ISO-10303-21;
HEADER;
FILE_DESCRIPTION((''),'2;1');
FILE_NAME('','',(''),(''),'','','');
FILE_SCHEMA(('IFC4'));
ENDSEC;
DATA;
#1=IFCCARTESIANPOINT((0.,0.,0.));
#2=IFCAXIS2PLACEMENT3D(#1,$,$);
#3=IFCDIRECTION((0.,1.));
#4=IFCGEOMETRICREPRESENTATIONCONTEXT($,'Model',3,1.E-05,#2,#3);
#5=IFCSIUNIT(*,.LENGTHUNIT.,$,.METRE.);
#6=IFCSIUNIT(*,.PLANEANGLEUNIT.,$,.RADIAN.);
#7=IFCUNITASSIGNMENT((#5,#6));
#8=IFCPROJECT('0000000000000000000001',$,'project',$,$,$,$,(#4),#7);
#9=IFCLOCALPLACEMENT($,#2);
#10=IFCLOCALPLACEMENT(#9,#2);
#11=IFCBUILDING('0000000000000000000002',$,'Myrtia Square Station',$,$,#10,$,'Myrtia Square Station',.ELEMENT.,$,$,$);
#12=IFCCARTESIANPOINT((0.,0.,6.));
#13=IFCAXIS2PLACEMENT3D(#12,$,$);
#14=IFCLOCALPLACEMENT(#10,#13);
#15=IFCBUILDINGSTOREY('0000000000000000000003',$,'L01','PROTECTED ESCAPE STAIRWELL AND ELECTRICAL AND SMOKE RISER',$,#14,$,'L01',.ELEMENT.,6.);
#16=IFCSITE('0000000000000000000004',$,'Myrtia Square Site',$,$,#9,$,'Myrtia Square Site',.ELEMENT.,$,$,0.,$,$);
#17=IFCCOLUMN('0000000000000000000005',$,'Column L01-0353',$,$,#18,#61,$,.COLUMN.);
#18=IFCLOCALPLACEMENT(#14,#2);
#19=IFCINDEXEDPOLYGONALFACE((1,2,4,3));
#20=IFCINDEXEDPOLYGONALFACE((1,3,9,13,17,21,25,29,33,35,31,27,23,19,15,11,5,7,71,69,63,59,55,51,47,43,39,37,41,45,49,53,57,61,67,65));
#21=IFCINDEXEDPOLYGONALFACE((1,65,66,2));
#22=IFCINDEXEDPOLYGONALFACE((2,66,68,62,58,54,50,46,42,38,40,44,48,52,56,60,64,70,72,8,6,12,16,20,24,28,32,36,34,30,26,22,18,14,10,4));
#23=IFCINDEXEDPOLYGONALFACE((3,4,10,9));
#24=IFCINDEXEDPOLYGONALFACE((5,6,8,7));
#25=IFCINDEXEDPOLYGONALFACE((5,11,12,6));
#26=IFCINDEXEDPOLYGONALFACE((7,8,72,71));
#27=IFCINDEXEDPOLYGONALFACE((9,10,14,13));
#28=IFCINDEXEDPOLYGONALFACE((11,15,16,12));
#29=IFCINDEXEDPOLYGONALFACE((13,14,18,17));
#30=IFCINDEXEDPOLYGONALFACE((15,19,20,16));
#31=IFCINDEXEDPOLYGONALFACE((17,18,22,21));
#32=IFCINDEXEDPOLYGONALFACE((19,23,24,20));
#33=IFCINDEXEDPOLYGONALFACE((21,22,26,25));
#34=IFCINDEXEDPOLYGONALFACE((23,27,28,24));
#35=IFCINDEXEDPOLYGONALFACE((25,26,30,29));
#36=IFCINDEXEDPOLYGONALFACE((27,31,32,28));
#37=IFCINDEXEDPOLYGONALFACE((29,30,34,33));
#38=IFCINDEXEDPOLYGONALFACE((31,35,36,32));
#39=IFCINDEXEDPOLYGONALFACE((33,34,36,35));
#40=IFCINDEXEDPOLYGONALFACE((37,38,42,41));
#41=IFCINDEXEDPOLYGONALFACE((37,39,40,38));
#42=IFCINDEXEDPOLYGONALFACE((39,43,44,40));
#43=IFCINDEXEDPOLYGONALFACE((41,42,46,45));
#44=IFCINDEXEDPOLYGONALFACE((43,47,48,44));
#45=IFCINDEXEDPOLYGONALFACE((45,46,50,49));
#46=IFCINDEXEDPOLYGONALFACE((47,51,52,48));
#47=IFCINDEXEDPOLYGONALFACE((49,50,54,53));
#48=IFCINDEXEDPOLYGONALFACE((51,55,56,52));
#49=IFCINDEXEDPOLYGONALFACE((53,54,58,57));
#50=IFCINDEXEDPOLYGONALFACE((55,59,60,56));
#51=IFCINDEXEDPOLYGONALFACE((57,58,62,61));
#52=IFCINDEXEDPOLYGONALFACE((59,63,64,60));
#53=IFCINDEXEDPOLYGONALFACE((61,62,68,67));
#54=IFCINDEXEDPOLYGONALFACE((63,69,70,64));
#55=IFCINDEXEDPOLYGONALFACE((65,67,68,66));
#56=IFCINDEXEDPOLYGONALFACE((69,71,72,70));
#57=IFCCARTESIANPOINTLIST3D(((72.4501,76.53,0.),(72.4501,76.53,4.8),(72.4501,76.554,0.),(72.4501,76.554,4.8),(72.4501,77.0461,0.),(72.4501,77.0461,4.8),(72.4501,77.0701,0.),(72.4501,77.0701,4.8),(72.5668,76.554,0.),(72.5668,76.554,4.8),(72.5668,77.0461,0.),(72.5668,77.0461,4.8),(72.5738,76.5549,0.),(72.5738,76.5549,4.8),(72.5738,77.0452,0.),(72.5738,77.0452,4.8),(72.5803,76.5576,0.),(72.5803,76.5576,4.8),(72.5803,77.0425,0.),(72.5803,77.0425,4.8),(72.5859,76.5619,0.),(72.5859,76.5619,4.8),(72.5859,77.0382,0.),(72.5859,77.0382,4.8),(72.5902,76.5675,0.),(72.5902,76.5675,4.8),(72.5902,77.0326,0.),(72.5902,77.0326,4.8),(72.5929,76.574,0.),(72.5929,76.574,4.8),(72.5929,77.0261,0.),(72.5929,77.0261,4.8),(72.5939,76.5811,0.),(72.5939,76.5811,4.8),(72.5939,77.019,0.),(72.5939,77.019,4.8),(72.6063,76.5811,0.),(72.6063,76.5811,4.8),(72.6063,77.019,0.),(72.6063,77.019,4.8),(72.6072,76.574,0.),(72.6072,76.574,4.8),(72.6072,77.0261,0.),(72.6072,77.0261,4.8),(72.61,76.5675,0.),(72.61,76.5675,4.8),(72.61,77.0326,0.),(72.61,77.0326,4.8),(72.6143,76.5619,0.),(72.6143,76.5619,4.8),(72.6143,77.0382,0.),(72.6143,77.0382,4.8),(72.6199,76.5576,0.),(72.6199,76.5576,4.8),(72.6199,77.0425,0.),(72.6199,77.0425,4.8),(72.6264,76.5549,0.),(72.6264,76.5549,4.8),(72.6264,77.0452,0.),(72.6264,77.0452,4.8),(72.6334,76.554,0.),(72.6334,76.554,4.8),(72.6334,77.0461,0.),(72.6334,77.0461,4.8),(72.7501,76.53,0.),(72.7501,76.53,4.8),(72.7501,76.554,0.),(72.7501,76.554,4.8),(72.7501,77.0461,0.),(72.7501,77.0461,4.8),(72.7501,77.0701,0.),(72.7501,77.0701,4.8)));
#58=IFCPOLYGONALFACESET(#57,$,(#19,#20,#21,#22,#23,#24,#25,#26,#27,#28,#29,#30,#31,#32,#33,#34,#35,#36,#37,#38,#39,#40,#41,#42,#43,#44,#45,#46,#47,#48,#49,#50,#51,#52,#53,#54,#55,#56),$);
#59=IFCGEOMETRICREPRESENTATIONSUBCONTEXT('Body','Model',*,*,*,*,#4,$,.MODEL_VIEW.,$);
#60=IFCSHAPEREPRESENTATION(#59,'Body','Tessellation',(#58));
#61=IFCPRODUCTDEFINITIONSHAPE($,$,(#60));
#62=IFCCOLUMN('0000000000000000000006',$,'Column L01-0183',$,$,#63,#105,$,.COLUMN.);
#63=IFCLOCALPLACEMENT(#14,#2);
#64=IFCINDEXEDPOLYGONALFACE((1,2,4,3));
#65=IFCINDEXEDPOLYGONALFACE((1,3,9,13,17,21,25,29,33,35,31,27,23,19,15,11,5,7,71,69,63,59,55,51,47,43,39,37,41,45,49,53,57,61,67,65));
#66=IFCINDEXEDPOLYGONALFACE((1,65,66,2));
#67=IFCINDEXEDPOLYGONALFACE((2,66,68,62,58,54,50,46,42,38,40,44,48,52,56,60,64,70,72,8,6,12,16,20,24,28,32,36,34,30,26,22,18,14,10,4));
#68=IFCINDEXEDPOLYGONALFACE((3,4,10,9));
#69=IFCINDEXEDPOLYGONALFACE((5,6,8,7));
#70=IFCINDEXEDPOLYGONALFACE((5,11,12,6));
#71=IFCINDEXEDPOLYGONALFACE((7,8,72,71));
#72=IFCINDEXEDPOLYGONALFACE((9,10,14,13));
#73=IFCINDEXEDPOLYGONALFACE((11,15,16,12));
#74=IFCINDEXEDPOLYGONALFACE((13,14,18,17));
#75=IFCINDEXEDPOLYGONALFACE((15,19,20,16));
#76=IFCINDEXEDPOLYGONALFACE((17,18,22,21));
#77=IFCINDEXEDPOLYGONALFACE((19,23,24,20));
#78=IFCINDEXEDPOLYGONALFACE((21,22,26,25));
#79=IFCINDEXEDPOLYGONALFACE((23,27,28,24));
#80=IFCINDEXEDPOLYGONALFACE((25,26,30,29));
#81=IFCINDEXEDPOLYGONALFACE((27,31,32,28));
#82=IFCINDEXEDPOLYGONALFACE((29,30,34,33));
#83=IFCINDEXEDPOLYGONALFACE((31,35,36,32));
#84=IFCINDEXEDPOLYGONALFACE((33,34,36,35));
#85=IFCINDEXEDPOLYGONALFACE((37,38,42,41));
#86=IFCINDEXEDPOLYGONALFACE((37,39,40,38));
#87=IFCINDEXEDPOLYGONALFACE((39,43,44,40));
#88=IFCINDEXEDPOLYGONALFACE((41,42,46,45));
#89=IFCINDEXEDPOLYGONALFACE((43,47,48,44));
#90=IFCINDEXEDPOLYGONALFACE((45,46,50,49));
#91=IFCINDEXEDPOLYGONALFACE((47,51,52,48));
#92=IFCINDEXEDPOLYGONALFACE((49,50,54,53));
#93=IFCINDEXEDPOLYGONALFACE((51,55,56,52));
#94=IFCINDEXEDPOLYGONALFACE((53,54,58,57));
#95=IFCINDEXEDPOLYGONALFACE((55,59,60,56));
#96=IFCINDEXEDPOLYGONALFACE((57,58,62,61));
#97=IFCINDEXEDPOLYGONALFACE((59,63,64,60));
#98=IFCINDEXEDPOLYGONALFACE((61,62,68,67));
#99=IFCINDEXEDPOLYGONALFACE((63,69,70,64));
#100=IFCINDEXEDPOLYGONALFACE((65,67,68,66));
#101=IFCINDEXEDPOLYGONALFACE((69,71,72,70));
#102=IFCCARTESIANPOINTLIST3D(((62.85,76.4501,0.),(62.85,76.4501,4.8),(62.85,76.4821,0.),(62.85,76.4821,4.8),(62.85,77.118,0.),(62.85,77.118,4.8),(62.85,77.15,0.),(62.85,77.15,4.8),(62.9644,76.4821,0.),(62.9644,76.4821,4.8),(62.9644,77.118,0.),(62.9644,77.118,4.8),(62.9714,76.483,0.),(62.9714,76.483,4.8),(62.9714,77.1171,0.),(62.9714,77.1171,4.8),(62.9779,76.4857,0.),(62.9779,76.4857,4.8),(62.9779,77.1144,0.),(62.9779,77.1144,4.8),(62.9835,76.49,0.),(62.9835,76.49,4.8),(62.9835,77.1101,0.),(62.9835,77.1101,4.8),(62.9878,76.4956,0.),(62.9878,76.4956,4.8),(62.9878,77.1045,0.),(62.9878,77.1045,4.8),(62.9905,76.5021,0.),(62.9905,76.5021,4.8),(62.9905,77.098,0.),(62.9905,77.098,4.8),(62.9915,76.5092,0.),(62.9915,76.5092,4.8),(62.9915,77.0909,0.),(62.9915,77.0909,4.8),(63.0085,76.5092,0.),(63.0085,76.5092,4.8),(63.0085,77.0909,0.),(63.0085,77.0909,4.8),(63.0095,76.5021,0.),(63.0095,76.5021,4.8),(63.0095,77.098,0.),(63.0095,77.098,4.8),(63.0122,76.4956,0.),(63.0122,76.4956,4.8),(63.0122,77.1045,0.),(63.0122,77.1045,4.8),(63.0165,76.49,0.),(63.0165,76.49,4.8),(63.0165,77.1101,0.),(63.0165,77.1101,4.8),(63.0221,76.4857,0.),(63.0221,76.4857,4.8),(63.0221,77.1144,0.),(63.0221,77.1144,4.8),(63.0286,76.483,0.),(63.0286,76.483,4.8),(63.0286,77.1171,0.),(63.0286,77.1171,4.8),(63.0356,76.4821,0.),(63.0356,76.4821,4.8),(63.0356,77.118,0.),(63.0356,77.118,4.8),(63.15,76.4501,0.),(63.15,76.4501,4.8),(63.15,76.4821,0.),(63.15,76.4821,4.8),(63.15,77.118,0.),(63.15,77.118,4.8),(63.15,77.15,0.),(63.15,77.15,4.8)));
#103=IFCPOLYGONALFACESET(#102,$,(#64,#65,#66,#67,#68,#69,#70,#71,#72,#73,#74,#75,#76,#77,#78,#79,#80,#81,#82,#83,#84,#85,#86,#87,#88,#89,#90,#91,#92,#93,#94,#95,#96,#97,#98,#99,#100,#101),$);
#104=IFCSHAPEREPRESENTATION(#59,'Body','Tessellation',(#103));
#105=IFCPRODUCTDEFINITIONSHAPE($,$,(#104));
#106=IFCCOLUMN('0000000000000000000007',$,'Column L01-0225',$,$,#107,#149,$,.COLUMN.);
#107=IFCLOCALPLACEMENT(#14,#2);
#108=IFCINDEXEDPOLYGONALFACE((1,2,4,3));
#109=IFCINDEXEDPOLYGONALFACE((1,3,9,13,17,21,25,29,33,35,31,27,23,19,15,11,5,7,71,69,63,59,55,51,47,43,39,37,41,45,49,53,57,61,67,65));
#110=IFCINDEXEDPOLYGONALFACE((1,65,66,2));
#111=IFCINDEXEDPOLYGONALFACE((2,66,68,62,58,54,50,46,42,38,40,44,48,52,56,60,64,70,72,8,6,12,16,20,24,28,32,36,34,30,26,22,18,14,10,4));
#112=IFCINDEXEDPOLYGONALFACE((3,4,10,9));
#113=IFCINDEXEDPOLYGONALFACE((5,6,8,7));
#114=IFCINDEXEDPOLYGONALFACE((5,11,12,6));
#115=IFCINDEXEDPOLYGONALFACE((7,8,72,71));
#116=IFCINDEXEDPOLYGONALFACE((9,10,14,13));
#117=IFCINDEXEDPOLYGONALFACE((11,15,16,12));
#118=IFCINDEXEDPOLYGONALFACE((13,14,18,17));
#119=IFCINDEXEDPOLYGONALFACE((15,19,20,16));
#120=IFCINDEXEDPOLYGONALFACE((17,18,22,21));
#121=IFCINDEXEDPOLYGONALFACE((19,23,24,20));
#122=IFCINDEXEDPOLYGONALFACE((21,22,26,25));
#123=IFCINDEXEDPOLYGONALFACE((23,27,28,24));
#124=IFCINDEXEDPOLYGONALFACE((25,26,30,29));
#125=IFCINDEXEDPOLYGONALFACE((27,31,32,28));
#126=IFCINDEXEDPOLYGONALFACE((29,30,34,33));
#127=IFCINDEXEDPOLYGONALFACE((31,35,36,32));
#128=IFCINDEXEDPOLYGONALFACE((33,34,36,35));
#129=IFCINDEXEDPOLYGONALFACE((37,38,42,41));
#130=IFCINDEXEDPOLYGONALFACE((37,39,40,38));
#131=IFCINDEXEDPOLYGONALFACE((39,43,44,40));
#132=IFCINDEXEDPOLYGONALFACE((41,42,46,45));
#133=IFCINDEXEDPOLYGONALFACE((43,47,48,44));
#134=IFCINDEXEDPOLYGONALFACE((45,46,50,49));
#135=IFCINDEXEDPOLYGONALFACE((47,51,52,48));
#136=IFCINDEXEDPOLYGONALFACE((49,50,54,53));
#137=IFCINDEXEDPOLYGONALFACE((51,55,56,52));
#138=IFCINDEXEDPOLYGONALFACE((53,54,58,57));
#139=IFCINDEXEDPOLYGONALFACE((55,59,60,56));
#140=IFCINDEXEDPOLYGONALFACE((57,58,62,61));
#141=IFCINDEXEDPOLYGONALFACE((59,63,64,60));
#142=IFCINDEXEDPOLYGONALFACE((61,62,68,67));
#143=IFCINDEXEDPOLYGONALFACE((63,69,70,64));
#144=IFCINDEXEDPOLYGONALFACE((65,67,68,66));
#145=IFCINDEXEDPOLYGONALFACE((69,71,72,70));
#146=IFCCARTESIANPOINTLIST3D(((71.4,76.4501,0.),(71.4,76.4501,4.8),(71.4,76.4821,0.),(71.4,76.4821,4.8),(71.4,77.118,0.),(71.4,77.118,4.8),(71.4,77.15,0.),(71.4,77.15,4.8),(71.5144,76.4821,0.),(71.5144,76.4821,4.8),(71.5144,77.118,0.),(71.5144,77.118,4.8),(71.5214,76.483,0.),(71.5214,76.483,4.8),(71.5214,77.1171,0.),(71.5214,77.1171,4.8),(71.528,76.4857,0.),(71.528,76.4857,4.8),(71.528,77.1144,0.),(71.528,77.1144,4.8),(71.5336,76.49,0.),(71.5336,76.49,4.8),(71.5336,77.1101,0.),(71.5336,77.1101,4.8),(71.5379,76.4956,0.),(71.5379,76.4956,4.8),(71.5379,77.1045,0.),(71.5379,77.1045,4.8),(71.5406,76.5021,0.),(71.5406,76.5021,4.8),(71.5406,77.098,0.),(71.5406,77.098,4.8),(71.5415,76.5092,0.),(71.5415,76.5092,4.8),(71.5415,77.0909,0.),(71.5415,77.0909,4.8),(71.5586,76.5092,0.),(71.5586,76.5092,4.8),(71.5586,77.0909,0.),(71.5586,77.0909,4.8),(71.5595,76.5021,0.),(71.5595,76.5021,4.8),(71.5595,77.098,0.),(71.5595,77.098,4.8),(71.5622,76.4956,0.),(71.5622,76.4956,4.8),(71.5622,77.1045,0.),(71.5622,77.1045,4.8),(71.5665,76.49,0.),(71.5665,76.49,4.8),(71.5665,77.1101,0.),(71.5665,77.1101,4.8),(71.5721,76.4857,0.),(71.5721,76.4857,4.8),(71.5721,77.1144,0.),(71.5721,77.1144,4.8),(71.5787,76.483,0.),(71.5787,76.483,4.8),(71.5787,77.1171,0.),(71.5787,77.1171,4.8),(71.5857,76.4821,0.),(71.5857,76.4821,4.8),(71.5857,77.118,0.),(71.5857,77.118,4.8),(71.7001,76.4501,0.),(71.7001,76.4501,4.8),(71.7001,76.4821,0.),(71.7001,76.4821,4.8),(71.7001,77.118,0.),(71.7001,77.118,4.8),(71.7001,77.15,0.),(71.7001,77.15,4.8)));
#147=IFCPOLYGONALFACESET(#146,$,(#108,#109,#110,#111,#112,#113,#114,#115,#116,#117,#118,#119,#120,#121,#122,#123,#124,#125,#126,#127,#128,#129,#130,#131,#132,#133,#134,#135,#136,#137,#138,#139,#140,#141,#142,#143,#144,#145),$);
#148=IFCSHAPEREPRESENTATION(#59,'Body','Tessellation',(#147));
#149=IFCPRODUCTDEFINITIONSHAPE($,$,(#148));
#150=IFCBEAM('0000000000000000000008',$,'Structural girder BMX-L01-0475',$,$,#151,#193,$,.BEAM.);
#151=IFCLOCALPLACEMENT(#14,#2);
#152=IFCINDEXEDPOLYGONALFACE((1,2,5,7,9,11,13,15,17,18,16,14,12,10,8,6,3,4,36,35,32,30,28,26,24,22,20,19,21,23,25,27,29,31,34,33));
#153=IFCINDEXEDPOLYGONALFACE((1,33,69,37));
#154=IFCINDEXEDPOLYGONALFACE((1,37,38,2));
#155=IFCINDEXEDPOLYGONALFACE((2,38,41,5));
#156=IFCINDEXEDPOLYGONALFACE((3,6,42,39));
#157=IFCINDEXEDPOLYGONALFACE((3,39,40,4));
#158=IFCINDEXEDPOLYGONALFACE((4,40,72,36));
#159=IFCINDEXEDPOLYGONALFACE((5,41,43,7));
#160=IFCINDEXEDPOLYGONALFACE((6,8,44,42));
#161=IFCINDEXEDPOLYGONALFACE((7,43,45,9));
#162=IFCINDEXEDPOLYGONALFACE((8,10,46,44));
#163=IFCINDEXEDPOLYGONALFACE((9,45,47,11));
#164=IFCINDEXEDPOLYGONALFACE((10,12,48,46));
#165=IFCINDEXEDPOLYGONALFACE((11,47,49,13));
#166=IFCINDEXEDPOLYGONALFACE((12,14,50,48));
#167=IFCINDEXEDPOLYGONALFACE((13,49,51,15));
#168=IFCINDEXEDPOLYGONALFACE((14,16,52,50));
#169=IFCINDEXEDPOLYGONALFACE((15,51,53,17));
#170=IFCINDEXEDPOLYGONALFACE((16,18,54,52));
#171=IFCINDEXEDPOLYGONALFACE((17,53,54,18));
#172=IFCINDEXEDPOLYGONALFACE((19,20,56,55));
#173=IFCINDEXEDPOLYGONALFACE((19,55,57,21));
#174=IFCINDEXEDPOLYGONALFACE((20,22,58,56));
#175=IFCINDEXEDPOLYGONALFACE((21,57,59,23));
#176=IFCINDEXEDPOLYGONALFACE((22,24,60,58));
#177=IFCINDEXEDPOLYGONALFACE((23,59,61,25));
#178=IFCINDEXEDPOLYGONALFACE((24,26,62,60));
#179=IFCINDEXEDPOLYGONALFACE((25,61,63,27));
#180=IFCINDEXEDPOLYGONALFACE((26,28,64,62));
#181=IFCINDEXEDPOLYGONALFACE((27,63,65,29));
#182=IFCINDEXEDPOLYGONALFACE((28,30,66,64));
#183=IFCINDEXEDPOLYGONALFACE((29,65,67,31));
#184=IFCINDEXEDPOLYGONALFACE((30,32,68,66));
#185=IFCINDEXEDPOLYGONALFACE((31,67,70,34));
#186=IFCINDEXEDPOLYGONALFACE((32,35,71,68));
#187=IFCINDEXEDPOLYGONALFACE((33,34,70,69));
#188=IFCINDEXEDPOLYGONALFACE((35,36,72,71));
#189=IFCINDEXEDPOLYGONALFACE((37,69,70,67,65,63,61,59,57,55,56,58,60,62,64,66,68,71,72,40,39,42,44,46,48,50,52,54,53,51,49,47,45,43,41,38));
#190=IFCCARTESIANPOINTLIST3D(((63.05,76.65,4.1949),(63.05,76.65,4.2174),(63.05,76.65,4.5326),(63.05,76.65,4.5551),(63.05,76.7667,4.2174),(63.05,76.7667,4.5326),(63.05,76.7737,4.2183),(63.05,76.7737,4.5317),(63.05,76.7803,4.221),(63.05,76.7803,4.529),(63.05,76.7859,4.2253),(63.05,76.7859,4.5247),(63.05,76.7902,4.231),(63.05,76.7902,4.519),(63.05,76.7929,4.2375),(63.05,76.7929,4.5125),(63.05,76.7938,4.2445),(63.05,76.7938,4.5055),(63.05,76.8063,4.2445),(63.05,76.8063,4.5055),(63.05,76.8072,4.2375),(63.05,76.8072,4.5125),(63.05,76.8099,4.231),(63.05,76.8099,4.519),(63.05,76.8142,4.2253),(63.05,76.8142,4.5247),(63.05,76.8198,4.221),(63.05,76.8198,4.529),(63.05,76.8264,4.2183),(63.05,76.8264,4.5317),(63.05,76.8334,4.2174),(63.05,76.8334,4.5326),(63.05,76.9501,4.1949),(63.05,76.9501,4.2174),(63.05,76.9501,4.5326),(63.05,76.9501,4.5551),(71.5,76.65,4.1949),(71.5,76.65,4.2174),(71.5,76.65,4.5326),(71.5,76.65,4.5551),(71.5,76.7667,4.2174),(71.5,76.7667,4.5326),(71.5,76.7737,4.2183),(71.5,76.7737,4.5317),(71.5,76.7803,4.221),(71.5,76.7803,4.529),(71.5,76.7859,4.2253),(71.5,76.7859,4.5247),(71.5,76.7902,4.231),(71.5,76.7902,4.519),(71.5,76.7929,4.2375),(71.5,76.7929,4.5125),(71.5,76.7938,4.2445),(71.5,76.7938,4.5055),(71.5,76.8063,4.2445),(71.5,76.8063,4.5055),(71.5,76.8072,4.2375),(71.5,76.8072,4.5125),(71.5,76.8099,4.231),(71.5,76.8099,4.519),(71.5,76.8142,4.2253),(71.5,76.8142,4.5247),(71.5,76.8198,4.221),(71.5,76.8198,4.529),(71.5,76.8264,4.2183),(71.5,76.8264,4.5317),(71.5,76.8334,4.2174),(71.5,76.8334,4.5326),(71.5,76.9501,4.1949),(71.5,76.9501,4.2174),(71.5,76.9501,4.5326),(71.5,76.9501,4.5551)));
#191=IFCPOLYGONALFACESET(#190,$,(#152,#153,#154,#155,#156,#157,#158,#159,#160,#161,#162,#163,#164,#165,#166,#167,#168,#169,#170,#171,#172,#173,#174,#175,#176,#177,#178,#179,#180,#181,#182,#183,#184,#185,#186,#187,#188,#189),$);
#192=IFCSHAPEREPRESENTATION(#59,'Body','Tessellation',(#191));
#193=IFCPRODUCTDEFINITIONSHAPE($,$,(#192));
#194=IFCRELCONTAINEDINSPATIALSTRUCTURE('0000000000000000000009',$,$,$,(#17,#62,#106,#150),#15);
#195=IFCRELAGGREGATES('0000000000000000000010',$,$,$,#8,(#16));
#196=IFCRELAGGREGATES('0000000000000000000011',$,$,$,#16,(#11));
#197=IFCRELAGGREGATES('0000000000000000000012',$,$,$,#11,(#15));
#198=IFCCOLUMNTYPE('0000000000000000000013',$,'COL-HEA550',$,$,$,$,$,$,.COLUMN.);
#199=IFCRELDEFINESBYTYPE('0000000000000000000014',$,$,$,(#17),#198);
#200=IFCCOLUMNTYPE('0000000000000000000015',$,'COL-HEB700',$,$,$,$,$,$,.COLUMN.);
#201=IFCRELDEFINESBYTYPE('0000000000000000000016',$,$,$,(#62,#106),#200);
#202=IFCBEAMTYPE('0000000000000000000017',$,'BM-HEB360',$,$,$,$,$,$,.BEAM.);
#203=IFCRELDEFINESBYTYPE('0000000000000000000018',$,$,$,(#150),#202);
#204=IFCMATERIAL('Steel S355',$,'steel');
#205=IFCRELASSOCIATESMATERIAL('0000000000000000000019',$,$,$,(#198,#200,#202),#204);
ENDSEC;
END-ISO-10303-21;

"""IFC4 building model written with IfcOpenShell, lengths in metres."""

from ifc_helpers import new_model, si_unit, direction, frame, origin, origin_2d, place, context, subcontext, project, spatial, i_section, extrude, material, material_profile, profile_set, type_object, element, save


model = new_model("IFC4")

# Units and contexts
model_context = context("Model", 3, precision=1e-05, world=origin(), true_north=direction((0.0, 1.0)))
body_context = subcontext(model_context, "Body", "Model", "MODEL_VIEW")
ifc_project = project(units=[si_unit("LENGTHUNIT", "METRE"), si_unit("PLANEANGLEUNIT", "RADIAN")], contexts=[model_context])

# Site, building, storey
site_placement = place(None, origin())
site = spatial("IfcSite", under=ifc_project, at=site_placement, Name="Myrtia Square Site", LongName="Myrtia Square Site", CompositionType="ELEMENT", RefElevation=0.0)
building_placement = place(site_placement, origin())
building = spatial("IfcBuilding", under=site, at=building_placement, Name="Myrtia Square Station", LongName="Myrtia Square Station", CompositionType="ELEMENT")
storey_placement = place(building_placement, frame((0.0, 0.0, 6.0)))
storey = spatial("IfcBuildingStorey", under=building, at=storey_placement, Name="L01", Description="PROTECTED ESCAPE STAIRWELL AND ELECTRICAL AND SMOKE RISER", LongName="L01", CompositionType="ELEMENT", Elevation=6.0)

# Columns
ifc_material_1 = material(Name="Steel S355", Category="steel")
ifc_material_profile_1 = material_profile(ifc_material_1, i_section(OverallWidth=0.3, OverallDepth=0.54, WebThickness=0.0125, FlangeThickness=0.0239, FilletRadius=0.0271, at=origin_2d()), Name="HEA 550")
ifc_profile_set_1 = profile_set([ifc_material_profile_1], Name="Steel S355")
column_type_1 = type_object("IfcColumnType", Name="COL-HEA550", PredefinedType="COLUMN", material=ifc_profile_set_1)
column_placement = place(storey_placement, frame((72.6001, 76.8, 0.0), z_axis=(0.0, 0.0, 1.0), x_axis=(1.0, 0.0, 0.0)))
element("IfcColumn", 1, at=column_placement, inside=storey, type_object=column_type_1, Name="Column L01-0353", PredefinedType="COLUMN", context=body_context, shape_type="SweptSolid", body=[
    extrude(i_section(OverallWidth=0.3, OverallDepth=0.54, WebThickness=0.0125, FlangeThickness=0.0239, FilletRadius=0.0271, at=origin_2d()), origin(), (0.0, 0.0, 1.0), 4.8),
])
ifc_material_profile_2 = material_profile(ifc_material_1, i_section(OverallWidth=0.3, OverallDepth=0.7, WebThickness=0.0171, FlangeThickness=0.032, FilletRadius=0.0271, at=origin_2d()), Name="HEB 700")
ifc_profile_set_2 = profile_set([ifc_material_profile_2], Name="Steel S355")
column_type_2 = type_object("IfcColumnType", Name="COL-HEB700", PredefinedType="COLUMN", material=ifc_profile_set_2)
for number, where, z_axis, x_axis, name in (
    (2, (63.0, 76.8, 0.0), (0.0, 0.0, 1.0), (1.0, 0.0, 0.0), "Column L01-0183"),
    (3, (71.55, 76.8, 0.0), (0.0, 0.0, 1.0), (1.0, 0.0, 0.0), "Column L01-0225"),
):
    element("IfcColumn", number, at=place(storey_placement, frame(where, z_axis=z_axis, x_axis=x_axis)), inside=storey, type_object=column_type_2, Name=name, PredefinedType="COLUMN", context=body_context, shape_type="SweptSolid", body=[
        extrude(i_section(OverallWidth=0.3, OverallDepth=0.7, WebThickness=0.0171, FlangeThickness=0.032, FilletRadius=0.0271, at=origin_2d()), origin(), (0.0, 0.0, 1.0), 4.8),
    ])

# Beam
ifc_material_profile_3 = material_profile(ifc_material_1, i_section(OverallWidth=0.3, OverallDepth=0.3601, WebThickness=0.0125, FlangeThickness=0.0225, FilletRadius=0.0271, at=origin_2d()), Name="HEB 360")
ifc_profile_set_3 = profile_set([ifc_material_profile_3], Name="Steel S355")
beam_type_1 = type_object("IfcBeamType", Name="BM-HEB360", PredefinedType="BEAM", material=ifc_profile_set_3)
beam_1_placement = place(storey_placement, frame((63.05, 76.8, 4.375), z_axis=(1.0, 0.0, 0.0), x_axis=(0.0, 1.0, 0.0)))
element("IfcBeam", 4, at=beam_1_placement, inside=storey, type_object=beam_type_1, Name="Structural girder BMX-L01-0475", PredefinedType="BEAM", context=body_context, shape_type="SweptSolid", body=[
    extrude(i_section(OverallWidth=0.3, OverallDepth=0.3601, WebThickness=0.0125, FlangeThickness=0.0225, FilletRadius=0.0271, at=origin_2d()), origin(), (0.0, 0.0, 1.0), 8.45),
])

save(model, "model.ifc")
